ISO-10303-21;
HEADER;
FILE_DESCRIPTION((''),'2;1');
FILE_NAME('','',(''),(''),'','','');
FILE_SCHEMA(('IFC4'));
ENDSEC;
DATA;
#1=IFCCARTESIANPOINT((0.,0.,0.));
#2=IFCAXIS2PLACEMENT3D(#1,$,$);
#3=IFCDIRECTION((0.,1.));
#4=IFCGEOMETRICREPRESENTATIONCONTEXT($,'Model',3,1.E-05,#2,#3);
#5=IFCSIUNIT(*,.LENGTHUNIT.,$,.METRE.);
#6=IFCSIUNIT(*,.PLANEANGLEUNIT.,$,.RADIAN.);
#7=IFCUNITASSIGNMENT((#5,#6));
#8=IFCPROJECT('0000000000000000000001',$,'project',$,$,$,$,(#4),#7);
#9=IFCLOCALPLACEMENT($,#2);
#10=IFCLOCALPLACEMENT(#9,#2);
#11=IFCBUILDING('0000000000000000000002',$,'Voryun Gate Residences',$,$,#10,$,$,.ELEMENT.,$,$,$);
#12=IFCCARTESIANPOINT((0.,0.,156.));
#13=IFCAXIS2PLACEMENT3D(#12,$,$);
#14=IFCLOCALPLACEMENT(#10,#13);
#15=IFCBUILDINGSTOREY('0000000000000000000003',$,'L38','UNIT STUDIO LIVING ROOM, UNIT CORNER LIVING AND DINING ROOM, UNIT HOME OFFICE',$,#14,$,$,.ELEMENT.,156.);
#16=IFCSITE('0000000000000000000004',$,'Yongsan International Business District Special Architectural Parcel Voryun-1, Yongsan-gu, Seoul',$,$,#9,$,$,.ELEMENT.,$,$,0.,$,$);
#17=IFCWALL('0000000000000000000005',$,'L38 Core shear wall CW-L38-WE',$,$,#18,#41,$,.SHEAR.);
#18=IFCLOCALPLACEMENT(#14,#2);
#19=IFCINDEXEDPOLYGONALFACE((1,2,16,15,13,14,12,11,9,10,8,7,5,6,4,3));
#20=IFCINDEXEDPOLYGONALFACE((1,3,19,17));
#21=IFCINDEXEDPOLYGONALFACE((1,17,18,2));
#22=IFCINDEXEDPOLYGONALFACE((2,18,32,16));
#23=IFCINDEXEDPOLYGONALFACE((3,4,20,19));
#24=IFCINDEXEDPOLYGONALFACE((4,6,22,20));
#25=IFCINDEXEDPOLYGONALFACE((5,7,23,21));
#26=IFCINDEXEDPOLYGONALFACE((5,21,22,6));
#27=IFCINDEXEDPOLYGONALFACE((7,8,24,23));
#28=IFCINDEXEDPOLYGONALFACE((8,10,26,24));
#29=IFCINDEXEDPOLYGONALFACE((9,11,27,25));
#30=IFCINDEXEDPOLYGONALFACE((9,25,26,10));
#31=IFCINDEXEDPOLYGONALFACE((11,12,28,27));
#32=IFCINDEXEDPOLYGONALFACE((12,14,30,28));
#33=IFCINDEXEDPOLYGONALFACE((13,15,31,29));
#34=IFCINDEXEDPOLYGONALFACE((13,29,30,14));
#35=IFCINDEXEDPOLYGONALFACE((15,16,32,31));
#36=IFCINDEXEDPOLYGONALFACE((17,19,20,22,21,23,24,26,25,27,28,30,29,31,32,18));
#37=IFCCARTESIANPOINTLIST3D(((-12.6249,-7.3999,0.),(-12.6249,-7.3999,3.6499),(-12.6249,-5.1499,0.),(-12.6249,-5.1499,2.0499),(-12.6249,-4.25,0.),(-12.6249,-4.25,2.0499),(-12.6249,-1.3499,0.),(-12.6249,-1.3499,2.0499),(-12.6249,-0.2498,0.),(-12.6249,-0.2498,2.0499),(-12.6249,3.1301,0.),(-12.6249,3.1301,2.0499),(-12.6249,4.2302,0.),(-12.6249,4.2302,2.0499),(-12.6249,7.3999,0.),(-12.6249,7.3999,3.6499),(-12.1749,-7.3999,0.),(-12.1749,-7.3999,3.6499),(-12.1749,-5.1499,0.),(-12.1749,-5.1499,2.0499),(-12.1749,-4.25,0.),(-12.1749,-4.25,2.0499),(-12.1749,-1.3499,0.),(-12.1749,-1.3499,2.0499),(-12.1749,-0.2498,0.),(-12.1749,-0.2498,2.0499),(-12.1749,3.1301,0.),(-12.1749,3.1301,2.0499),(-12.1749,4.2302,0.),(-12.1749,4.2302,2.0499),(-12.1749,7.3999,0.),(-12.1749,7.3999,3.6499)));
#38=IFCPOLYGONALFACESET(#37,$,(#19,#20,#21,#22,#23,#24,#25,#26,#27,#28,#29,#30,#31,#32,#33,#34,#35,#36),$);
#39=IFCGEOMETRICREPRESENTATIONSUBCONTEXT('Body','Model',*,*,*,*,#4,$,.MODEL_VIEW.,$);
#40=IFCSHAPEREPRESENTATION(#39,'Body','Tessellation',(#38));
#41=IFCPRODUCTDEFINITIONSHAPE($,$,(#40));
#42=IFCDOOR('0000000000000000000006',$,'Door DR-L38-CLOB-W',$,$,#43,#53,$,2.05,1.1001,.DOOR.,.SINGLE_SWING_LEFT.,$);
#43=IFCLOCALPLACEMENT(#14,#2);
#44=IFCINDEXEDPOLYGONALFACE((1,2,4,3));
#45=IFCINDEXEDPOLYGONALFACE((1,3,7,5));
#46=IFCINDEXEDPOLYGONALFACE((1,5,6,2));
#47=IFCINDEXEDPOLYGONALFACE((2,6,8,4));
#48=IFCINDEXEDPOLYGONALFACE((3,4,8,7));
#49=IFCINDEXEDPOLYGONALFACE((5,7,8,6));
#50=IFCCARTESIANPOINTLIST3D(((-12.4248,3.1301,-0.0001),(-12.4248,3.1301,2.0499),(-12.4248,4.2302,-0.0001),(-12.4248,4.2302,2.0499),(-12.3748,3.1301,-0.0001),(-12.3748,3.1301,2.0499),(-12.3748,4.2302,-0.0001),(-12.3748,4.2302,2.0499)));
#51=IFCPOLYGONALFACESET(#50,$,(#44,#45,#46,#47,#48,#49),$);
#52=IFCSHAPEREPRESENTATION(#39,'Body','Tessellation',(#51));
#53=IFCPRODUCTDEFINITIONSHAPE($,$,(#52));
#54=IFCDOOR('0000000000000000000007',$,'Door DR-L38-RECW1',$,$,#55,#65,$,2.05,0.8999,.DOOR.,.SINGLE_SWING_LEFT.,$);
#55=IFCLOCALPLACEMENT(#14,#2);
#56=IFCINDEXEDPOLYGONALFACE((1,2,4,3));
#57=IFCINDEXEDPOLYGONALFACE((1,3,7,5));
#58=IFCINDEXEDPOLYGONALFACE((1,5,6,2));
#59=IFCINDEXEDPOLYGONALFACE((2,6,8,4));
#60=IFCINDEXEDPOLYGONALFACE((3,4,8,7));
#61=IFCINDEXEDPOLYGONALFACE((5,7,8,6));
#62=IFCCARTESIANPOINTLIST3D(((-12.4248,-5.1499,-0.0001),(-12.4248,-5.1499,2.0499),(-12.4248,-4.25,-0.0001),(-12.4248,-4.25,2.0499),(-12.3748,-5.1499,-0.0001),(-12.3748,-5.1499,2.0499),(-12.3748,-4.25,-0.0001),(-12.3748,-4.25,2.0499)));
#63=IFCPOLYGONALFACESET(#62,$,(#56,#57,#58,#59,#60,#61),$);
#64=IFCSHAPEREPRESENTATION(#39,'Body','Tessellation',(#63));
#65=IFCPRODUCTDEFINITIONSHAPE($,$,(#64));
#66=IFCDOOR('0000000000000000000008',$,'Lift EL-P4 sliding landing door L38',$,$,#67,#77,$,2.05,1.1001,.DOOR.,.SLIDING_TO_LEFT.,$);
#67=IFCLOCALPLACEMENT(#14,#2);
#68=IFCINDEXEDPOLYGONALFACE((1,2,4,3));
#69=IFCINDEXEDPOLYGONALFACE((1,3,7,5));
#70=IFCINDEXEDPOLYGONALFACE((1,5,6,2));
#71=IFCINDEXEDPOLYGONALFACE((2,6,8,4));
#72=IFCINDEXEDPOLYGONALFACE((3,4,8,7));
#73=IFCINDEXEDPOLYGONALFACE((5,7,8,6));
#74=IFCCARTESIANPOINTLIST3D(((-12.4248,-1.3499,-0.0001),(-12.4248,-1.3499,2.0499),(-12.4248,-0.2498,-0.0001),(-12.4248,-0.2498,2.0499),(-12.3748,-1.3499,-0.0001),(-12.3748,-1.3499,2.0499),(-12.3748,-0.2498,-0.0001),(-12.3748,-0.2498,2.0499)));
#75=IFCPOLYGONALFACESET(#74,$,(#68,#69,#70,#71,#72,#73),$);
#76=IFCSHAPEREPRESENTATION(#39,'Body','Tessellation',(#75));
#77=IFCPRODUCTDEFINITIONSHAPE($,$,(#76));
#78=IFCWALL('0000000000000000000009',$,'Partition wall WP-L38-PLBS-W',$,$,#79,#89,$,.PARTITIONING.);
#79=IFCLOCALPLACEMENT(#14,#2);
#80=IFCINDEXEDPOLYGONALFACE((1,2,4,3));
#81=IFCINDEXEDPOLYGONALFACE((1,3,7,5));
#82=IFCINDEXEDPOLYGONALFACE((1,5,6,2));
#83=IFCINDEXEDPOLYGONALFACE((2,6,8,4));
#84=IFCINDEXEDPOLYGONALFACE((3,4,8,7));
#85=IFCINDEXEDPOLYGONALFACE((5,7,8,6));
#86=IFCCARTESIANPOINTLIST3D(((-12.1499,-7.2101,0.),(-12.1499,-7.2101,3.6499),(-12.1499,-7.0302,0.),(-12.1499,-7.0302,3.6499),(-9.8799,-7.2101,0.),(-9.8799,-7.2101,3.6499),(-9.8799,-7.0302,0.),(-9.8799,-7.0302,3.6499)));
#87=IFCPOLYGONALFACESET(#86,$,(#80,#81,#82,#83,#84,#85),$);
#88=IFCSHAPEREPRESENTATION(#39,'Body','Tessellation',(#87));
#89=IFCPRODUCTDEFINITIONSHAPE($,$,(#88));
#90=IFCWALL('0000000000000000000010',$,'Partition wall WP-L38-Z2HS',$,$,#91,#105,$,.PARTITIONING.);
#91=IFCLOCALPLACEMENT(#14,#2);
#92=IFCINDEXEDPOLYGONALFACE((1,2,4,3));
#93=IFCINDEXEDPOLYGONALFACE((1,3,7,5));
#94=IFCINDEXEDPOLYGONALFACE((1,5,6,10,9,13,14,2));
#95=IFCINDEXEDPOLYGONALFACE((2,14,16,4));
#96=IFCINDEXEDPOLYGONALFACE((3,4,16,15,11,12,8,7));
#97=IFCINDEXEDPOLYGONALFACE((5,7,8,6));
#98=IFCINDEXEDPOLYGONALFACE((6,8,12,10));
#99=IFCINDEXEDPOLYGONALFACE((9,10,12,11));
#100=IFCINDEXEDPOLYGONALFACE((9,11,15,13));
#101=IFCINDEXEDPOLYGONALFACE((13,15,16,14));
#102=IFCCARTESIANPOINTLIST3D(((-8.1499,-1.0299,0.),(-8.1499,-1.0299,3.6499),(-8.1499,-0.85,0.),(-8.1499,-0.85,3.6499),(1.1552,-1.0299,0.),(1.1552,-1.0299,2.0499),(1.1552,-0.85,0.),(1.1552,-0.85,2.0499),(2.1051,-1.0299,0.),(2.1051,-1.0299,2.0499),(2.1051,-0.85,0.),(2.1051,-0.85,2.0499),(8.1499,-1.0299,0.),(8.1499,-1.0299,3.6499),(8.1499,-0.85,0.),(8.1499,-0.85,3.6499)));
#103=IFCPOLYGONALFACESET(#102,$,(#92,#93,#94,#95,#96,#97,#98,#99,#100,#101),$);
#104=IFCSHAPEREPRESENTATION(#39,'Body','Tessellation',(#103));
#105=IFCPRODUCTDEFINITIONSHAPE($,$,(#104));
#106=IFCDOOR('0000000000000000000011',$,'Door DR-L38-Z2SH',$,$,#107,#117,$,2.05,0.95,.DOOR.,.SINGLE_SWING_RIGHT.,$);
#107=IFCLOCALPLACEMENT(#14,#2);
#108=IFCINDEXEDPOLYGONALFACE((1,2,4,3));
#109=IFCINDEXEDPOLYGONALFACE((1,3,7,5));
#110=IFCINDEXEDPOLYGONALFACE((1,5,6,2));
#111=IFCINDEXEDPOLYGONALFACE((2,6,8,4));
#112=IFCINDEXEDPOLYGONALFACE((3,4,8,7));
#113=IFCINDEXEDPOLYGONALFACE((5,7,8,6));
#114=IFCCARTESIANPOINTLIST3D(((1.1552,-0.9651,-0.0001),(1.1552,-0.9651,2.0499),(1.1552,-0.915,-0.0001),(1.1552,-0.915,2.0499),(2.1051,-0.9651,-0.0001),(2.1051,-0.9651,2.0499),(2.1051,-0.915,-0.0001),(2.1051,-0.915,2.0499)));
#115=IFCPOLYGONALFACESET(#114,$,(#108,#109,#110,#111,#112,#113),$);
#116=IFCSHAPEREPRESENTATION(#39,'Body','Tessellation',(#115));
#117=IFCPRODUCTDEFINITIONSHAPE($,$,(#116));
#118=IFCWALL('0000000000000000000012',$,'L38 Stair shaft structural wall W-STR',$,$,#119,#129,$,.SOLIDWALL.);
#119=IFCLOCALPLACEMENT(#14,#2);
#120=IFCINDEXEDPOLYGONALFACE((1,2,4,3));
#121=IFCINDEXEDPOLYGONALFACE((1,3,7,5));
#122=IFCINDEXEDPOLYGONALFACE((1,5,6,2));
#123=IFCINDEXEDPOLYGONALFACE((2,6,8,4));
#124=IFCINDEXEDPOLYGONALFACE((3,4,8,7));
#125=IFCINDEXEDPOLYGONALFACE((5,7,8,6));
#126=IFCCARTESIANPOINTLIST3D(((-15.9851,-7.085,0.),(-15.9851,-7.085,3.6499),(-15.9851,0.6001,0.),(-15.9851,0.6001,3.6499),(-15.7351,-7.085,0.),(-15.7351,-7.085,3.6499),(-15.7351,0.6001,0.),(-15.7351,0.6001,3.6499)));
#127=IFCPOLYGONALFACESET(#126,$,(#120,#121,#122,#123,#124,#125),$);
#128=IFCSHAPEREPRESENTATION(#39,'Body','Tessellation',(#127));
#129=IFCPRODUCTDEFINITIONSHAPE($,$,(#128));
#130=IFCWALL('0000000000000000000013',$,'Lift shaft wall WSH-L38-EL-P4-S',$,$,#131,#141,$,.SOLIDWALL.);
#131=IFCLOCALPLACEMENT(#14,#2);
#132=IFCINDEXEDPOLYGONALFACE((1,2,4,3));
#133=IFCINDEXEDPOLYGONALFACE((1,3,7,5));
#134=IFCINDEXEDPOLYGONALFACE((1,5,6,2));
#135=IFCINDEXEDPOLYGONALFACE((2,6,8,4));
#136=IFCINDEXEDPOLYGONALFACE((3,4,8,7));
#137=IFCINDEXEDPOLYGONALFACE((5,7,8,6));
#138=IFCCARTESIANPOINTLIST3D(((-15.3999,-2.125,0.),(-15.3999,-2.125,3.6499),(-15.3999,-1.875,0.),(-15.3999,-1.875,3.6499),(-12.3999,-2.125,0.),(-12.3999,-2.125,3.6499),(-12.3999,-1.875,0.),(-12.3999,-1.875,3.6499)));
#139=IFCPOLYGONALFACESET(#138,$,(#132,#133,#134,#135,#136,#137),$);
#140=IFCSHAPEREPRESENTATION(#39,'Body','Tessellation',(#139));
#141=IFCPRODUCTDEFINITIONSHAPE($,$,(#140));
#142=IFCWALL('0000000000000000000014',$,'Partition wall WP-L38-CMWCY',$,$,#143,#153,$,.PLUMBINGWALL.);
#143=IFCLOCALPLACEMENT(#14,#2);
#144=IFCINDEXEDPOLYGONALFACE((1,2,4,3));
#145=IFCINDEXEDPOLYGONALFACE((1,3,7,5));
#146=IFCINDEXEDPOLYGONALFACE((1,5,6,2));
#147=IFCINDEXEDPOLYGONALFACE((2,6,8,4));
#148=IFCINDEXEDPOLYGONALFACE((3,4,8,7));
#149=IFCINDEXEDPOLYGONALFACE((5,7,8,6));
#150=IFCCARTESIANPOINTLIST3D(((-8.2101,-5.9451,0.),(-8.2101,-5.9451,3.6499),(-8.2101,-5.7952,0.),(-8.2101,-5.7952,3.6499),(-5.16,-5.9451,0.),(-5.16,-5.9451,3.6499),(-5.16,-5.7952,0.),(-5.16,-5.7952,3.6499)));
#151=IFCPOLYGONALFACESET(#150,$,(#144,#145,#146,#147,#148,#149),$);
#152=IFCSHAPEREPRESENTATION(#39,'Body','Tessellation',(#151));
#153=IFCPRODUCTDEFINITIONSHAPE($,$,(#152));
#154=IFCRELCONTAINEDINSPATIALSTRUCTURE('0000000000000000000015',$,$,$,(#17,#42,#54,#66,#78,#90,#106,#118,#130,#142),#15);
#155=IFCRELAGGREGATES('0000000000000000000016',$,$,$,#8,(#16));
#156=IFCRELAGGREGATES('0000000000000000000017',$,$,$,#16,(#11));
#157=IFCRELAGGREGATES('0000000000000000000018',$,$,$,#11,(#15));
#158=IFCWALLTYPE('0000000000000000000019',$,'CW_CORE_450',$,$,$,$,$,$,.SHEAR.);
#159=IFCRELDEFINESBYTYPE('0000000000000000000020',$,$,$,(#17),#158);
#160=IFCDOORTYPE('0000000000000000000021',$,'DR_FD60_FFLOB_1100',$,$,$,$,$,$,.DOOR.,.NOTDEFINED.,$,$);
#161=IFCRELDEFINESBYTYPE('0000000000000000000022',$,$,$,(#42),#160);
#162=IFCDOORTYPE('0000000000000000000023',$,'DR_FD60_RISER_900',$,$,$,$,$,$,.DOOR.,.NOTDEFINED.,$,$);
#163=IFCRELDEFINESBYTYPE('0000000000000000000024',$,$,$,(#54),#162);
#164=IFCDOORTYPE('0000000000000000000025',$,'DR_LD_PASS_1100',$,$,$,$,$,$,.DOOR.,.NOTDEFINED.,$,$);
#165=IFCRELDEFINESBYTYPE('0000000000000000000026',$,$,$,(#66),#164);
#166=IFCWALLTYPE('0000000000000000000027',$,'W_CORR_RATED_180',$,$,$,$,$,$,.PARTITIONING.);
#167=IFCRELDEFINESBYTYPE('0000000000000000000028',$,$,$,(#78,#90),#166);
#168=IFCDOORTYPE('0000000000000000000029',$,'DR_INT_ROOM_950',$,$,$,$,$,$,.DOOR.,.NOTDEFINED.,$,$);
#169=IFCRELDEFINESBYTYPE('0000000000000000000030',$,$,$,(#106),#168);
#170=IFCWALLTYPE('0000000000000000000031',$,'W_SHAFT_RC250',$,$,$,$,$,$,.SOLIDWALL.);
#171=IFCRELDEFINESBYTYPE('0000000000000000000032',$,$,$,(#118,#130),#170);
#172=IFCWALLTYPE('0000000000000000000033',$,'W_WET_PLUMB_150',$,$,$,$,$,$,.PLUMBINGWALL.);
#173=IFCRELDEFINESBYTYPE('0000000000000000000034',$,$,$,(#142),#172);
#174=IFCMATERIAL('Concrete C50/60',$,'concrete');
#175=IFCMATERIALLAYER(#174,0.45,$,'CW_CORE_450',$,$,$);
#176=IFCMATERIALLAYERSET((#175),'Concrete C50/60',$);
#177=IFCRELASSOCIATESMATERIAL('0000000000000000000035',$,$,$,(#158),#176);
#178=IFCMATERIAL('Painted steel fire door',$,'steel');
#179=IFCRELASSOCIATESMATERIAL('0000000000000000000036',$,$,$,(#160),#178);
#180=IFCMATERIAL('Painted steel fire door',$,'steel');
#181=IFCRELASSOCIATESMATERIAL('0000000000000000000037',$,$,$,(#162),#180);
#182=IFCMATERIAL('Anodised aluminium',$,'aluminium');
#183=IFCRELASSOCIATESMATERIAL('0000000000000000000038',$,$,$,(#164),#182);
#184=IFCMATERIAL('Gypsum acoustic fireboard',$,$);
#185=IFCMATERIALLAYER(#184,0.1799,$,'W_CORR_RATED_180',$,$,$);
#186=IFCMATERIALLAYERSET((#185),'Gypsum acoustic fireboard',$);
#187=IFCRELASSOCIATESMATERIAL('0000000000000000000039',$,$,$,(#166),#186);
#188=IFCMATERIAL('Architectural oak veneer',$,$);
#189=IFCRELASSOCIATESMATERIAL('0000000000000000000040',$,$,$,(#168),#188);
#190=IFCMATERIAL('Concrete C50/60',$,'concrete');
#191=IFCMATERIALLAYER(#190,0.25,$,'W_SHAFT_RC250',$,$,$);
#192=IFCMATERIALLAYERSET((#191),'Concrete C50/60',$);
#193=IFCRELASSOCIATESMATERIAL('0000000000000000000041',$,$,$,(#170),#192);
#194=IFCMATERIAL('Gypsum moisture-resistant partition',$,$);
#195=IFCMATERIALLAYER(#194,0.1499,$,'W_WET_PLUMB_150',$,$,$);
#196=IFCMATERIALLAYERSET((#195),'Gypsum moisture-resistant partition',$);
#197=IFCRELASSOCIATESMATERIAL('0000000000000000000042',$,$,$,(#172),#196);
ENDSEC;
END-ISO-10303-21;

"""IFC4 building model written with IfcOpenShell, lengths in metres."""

from ifc_helpers import new_model, si_unit, direction, frame, frame_2d, origin, place, context, subcontext, project, spatial, rectangle, extrude, material, layer, layer_set, type_object, element, fill, save


model = new_model("IFC4")

# Units and contexts
model_context = context("Model", 3, precision=1e-05, world=origin(), true_north=direction((0.0, 1.0)))
body_context = subcontext(model_context, "Body", "Model", "MODEL_VIEW")
ifc_project = project(units=[si_unit("LENGTHUNIT", "METRE"), si_unit("PLANEANGLEUNIT", "RADIAN")], contexts=[model_context])

# Site, building, storey
site_placement = place(None, origin())
site = spatial("IfcSite", under=ifc_project, at=site_placement, Name="Yongsan International Business District Special Architectural Parcel Voryun-1, Yongsan-gu, Seoul", CompositionType="ELEMENT", RefElevation=0.0)
building_placement = place(site_placement, origin())
building = spatial("IfcBuilding", under=site, at=building_placement, Name="Voryun Gate Residences", CompositionType="ELEMENT")
storey_placement = place(building_placement, frame((0.0, 0.0, 156.0)))
storey = spatial("IfcBuildingStorey", under=building, at=storey_placement, Name="L38", Description="UNIT STUDIO LIVING ROOM, UNIT CORNER LIVING AND DINING ROOM, UNIT HOME OFFICE", CompositionType="ELEMENT", Elevation=156.0)

# Wall, openings, doors
ifc_material_1 = material(Name="Concrete C50/60", Category="concrete")
ifc_layer_1 = layer(ifc_material_1, 0.45, Name="CW_CORE_450")
ifc_layer_set_1 = layer_set([ifc_layer_1], Name="Concrete C50/60")
wall_type_1 = type_object("IfcWallType", Name="CW_CORE_450", PredefinedType="SHEAR", material=ifc_layer_set_1)
wall_1_placement = place(storey_placement, frame((-12.3999, -7.3999, 0.0), z_axis=(0.0, 0.0, 1.0), x_axis=(0.0, 1.0, 0.0)))
wall_1 = element("IfcWall", 1, at=wall_1_placement, inside=storey, type_object=wall_type_1, Name="L38 Core shear wall CW-L38-WE", PredefinedType="SHEAR", context=body_context, shape_type="SweptSolid", body=[
    extrude(rectangle(XDim=14.7998, YDim=0.45, at=frame_2d((7.3999, 0.0))), origin(), (0.0, 0.0, 1.0), 3.6499),
])
opening_1_placement = place(wall_1_placement, frame((6.05, 0.0, 0.0)))
opening_1 = element("IfcOpeningElement", 2, at=opening_1_placement, cuts=wall_1, PredefinedType="OPENING", context=body_context, shape_type="SweptSolid", body=[
    extrude(rectangle(XDim=1.1001, YDim=2.05, at=frame_2d((0.55, 1.0249))), frame((0.0, 0.2351, 0.0), z_axis=(0.0, -1.0, 0.0), x_axis=(1.0, 0.0, 0.0)), (0.0, 0.0, 1.0), 0.47),
])
opening_2_placement = place(wall_1_placement, frame((10.53, 0.0, 0.0)))
opening_2 = element("IfcOpeningElement", 3, at=opening_2_placement, cuts=wall_1, PredefinedType="OPENING", context=body_context, shape_type="SweptSolid", body=[
    extrude(rectangle(XDim=1.1001, YDim=2.05, at=frame_2d((0.55, 1.0249))), frame((0.0, 0.2351, 0.0), z_axis=(0.0, -1.0, 0.0), x_axis=(1.0, 0.0, 0.0)), (0.0, 0.0, 1.0), 0.47),
])
opening_3_placement = place(wall_1_placement, frame((2.25, 0.0, 0.0)))
opening_3 = element("IfcOpeningElement", 4, at=opening_3_placement, cuts=wall_1, PredefinedType="OPENING", context=body_context, shape_type="SweptSolid", body=[
    extrude(rectangle(XDim=0.8999, YDim=2.05, at=frame_2d((0.45, 1.0249))), frame((0.0, 0.2351, 0.0), z_axis=(0.0, -1.0, 0.0), x_axis=(1.0, 0.0, 0.0)), (0.0, 0.0, 1.0), 0.47),
])
ifc_material_2 = material(Name="Painted steel fire door", Category="steel")
door_type_1 = type_object("IfcDoorType", Name="DR_FD60_FFLOB_1100", OperationType="NOTDEFINED", PredefinedType="DOOR", material=ifc_material_2)
door_1_placement = place(opening_2_placement, origin())
door_1 = element("IfcDoor", 5, at=door_1_placement, inside=storey, type_object=door_type_1, Name="Door DR-L38-CLOB-W", OperationType="SINGLE_SWING_LEFT", OverallHeight=2.05, OverallWidth=1.1001, PredefinedType="DOOR", context=body_context, shape_type="SweptSolid", body=[
    extrude(rectangle(XDim=1.1001, YDim=2.05, at=frame_2d((0.55, 1.0249))), frame((0.0, 0.0249, 0.0), z_axis=(0.0, -1.0, 0.0), x_axis=(1.0, 0.0, 0.0)), (0.0, 0.0, 1.0), 0.05),
])
fill(opening_2, door_1)
ifc_material_3 = material(Name="Painted steel fire door", Category="steel")
door_type_2 = type_object("IfcDoorType", Name="DR_FD60_RISER_900", OperationType="NOTDEFINED", PredefinedType="DOOR", material=ifc_material_3)
door_2_placement = place(opening_3_placement, origin())
door_2 = element("IfcDoor", 6, at=door_2_placement, inside=storey, type_object=door_type_2, Name="Door DR-L38-RECW1", OperationType="SINGLE_SWING_LEFT", OverallHeight=2.05, OverallWidth=0.8999, PredefinedType="DOOR", context=body_context, shape_type="SweptSolid", body=[
    extrude(rectangle(XDim=0.8999, YDim=2.05, at=frame_2d((0.45, 1.0249))), frame((0.0, 0.0249, 0.0), z_axis=(0.0, -1.0, 0.0), x_axis=(1.0, 0.0, 0.0)), (0.0, 0.0, 1.0), 0.05),
])
fill(opening_3, door_2)
ifc_material_4 = material(Name="Anodised aluminium", Category="aluminium")
door_type_3 = type_object("IfcDoorType", Name="DR_LD_PASS_1100", OperationType="NOTDEFINED", PredefinedType="DOOR", material=ifc_material_4)
door_3_placement = place(opening_1_placement, origin())
door_3 = element("IfcDoor", 7, at=door_3_placement, inside=storey, type_object=door_type_3, Name="Lift EL-P4 sliding landing door L38", OperationType="SLIDING_TO_LEFT", OverallHeight=2.05, OverallWidth=1.1001, PredefinedType="DOOR", context=body_context, shape_type="SweptSolid", body=[
    extrude(rectangle(XDim=1.1001, YDim=2.05, at=frame_2d((0.55, 1.0249))), frame((0.0, 0.0249, 0.0), z_axis=(0.0, -1.0, 0.0), x_axis=(1.0, 0.0, 0.0)), (0.0, 0.0, 1.0), 0.05),
])
fill(opening_1, door_3)

# Wall
ifc_material_5 = material(Name="Gypsum acoustic fireboard")
ifc_layer_2 = layer(ifc_material_5, 0.1799, Name="W_CORR_RATED_180")
ifc_layer_set_2 = layer_set([ifc_layer_2], Name="Gypsum acoustic fireboard")
wall_type_2 = type_object("IfcWallType", Name="W_CORR_RATED_180", PredefinedType="PARTITIONING", material=ifc_layer_set_2)
wall_2_placement = place(storey_placement, frame((-12.1499, -7.1201, 0.0), z_axis=(0.0, 0.0, 1.0), x_axis=(1.0, 0.0, 0.0)))
element("IfcWall", 8, at=wall_2_placement, inside=storey, type_object=wall_type_2, Name="Partition wall WP-L38-PLBS-W", PredefinedType="PARTITIONING", context=body_context, shape_type="SweptSolid", body=[
    extrude(rectangle(XDim=2.27, YDim=0.1799, at=frame_2d((1.135, 0.0))), origin(), (0.0, 0.0, 1.0), 3.6499),
])

# Wall, opening, door
wall_3_placement = place(storey_placement, frame((-8.1499, -0.9399, 0.0), z_axis=(0.0, 0.0, 1.0), x_axis=(1.0, 0.0, 0.0)))
wall_3 = element("IfcWall", 9, at=wall_3_placement, inside=storey, type_object=wall_type_2, Name="Partition wall WP-L38-Z2HS", PredefinedType="PARTITIONING", context=body_context, shape_type="SweptSolid", body=[
    extrude(rectangle(XDim=16.2998, YDim=0.1799, at=frame_2d((8.1499, 0.0))), origin(), (0.0, 0.0, 1.0), 3.6499),
])
opening_4_placement = place(wall_3_placement, frame((9.3049, 0.0, 0.0)))
opening_4 = element("IfcOpeningElement", 10, at=opening_4_placement, cuts=wall_3, PredefinedType="OPENING", context=body_context, shape_type="SweptSolid", body=[
    extrude(rectangle(XDim=0.95, YDim=2.05, at=frame_2d((0.4751, 1.0249))), frame((0.0, 0.0999, 0.0), z_axis=(0.0, -1.0, 0.0), x_axis=(1.0, 0.0, 0.0)), (0.0, 0.0, 1.0), 0.2),
])
ifc_material_6 = material(Name="Architectural oak veneer")
door_type_4 = type_object("IfcDoorType", Name="DR_INT_ROOM_950", OperationType="NOTDEFINED", PredefinedType="DOOR", material=ifc_material_6)
door_4_placement = place(opening_4_placement, origin())
door_4 = element("IfcDoor", 11, at=door_4_placement, inside=storey, type_object=door_type_4, Name="Door DR-L38-Z2SH", OperationType="SINGLE_SWING_RIGHT", OverallHeight=2.05, OverallWidth=0.95, PredefinedType="DOOR", context=body_context, shape_type="SweptSolid", body=[
    extrude(rectangle(XDim=0.95, YDim=2.05, at=frame_2d((0.4751, 1.0249))), frame((0.0, 0.0249, 0.0), z_axis=(0.0, -1.0, 0.0), x_axis=(1.0, 0.0, 0.0)), (0.0, 0.0, 1.0), 0.05),
])
fill(opening_4, door_4)

# Walls
ifc_material_7 = material(Name="Concrete C50/60", Category="concrete")
ifc_layer_3 = layer(ifc_material_7, 0.25, Name="W_SHAFT_RC250")
ifc_layer_set_3 = layer_set([ifc_layer_3], Name="Concrete C50/60")
wall_type_3 = type_object("IfcWallType", Name="W_SHAFT_RC250", PredefinedType="SOLIDWALL", material=ifc_layer_set_3)
wall_4_placement = place(storey_placement, frame((-15.8601, -7.085, 0.0), z_axis=(0.0, 0.0, 1.0), x_axis=(0.0, 1.0, 0.0)))
element("IfcWall", 12, at=wall_4_placement, inside=storey, type_object=wall_type_3, Name="L38 Stair shaft structural wall W-STR", PredefinedType="SOLIDWALL", context=body_context, shape_type="SweptSolid", body=[
    extrude(rectangle(XDim=7.6851, YDim=0.25, at=frame_2d((3.8425, 0.0))), origin(), (0.0, 0.0, 1.0), 3.6499),
])
wall_5_placement = place(storey_placement, frame((-15.3999, -2.0, 0.0), z_axis=(0.0, 0.0, 1.0), x_axis=(1.0, 0.0, 0.0)))
element("IfcWall", 13, at=wall_5_placement, inside=storey, type_object=wall_type_3, Name="Lift shaft wall WSH-L38-EL-P4-S", PredefinedType="SOLIDWALL", context=body_context, shape_type="SweptSolid", body=[
    extrude(rectangle(XDim=3.0, YDim=0.25, at=frame_2d((1.5, 0.0))), origin(), (0.0, 0.0, 1.0), 3.6499),
])
ifc_material_8 = material(Name="Gypsum moisture-resistant partition")
ifc_layer_4 = layer(ifc_material_8, 0.1499, Name="W_WET_PLUMB_150")
ifc_layer_set_4 = layer_set([ifc_layer_4], Name="Gypsum moisture-resistant partition")
wall_type_4 = type_object("IfcWallType", Name="W_WET_PLUMB_150", PredefinedType="PLUMBINGWALL", material=ifc_layer_set_4)
wall_6_placement = place(storey_placement, frame((-8.21, -5.8701, 0.0), z_axis=(0.0, 0.0, 1.0), x_axis=(1.0, 0.0, 0.0)))
element("IfcWall", 14, at=wall_6_placement, inside=storey, type_object=wall_type_4, Name="Partition wall WP-L38-CMWCY", PredefinedType="PLUMBINGWALL", context=body_context, shape_type="SweptSolid", body=[
    extrude(rectangle(XDim=3.05, YDim=0.1499, at=frame_2d((1.5249, 0.0))), origin(), (0.0, 0.0, 1.0), 3.6499),
])

save(model, "model.ifc")
